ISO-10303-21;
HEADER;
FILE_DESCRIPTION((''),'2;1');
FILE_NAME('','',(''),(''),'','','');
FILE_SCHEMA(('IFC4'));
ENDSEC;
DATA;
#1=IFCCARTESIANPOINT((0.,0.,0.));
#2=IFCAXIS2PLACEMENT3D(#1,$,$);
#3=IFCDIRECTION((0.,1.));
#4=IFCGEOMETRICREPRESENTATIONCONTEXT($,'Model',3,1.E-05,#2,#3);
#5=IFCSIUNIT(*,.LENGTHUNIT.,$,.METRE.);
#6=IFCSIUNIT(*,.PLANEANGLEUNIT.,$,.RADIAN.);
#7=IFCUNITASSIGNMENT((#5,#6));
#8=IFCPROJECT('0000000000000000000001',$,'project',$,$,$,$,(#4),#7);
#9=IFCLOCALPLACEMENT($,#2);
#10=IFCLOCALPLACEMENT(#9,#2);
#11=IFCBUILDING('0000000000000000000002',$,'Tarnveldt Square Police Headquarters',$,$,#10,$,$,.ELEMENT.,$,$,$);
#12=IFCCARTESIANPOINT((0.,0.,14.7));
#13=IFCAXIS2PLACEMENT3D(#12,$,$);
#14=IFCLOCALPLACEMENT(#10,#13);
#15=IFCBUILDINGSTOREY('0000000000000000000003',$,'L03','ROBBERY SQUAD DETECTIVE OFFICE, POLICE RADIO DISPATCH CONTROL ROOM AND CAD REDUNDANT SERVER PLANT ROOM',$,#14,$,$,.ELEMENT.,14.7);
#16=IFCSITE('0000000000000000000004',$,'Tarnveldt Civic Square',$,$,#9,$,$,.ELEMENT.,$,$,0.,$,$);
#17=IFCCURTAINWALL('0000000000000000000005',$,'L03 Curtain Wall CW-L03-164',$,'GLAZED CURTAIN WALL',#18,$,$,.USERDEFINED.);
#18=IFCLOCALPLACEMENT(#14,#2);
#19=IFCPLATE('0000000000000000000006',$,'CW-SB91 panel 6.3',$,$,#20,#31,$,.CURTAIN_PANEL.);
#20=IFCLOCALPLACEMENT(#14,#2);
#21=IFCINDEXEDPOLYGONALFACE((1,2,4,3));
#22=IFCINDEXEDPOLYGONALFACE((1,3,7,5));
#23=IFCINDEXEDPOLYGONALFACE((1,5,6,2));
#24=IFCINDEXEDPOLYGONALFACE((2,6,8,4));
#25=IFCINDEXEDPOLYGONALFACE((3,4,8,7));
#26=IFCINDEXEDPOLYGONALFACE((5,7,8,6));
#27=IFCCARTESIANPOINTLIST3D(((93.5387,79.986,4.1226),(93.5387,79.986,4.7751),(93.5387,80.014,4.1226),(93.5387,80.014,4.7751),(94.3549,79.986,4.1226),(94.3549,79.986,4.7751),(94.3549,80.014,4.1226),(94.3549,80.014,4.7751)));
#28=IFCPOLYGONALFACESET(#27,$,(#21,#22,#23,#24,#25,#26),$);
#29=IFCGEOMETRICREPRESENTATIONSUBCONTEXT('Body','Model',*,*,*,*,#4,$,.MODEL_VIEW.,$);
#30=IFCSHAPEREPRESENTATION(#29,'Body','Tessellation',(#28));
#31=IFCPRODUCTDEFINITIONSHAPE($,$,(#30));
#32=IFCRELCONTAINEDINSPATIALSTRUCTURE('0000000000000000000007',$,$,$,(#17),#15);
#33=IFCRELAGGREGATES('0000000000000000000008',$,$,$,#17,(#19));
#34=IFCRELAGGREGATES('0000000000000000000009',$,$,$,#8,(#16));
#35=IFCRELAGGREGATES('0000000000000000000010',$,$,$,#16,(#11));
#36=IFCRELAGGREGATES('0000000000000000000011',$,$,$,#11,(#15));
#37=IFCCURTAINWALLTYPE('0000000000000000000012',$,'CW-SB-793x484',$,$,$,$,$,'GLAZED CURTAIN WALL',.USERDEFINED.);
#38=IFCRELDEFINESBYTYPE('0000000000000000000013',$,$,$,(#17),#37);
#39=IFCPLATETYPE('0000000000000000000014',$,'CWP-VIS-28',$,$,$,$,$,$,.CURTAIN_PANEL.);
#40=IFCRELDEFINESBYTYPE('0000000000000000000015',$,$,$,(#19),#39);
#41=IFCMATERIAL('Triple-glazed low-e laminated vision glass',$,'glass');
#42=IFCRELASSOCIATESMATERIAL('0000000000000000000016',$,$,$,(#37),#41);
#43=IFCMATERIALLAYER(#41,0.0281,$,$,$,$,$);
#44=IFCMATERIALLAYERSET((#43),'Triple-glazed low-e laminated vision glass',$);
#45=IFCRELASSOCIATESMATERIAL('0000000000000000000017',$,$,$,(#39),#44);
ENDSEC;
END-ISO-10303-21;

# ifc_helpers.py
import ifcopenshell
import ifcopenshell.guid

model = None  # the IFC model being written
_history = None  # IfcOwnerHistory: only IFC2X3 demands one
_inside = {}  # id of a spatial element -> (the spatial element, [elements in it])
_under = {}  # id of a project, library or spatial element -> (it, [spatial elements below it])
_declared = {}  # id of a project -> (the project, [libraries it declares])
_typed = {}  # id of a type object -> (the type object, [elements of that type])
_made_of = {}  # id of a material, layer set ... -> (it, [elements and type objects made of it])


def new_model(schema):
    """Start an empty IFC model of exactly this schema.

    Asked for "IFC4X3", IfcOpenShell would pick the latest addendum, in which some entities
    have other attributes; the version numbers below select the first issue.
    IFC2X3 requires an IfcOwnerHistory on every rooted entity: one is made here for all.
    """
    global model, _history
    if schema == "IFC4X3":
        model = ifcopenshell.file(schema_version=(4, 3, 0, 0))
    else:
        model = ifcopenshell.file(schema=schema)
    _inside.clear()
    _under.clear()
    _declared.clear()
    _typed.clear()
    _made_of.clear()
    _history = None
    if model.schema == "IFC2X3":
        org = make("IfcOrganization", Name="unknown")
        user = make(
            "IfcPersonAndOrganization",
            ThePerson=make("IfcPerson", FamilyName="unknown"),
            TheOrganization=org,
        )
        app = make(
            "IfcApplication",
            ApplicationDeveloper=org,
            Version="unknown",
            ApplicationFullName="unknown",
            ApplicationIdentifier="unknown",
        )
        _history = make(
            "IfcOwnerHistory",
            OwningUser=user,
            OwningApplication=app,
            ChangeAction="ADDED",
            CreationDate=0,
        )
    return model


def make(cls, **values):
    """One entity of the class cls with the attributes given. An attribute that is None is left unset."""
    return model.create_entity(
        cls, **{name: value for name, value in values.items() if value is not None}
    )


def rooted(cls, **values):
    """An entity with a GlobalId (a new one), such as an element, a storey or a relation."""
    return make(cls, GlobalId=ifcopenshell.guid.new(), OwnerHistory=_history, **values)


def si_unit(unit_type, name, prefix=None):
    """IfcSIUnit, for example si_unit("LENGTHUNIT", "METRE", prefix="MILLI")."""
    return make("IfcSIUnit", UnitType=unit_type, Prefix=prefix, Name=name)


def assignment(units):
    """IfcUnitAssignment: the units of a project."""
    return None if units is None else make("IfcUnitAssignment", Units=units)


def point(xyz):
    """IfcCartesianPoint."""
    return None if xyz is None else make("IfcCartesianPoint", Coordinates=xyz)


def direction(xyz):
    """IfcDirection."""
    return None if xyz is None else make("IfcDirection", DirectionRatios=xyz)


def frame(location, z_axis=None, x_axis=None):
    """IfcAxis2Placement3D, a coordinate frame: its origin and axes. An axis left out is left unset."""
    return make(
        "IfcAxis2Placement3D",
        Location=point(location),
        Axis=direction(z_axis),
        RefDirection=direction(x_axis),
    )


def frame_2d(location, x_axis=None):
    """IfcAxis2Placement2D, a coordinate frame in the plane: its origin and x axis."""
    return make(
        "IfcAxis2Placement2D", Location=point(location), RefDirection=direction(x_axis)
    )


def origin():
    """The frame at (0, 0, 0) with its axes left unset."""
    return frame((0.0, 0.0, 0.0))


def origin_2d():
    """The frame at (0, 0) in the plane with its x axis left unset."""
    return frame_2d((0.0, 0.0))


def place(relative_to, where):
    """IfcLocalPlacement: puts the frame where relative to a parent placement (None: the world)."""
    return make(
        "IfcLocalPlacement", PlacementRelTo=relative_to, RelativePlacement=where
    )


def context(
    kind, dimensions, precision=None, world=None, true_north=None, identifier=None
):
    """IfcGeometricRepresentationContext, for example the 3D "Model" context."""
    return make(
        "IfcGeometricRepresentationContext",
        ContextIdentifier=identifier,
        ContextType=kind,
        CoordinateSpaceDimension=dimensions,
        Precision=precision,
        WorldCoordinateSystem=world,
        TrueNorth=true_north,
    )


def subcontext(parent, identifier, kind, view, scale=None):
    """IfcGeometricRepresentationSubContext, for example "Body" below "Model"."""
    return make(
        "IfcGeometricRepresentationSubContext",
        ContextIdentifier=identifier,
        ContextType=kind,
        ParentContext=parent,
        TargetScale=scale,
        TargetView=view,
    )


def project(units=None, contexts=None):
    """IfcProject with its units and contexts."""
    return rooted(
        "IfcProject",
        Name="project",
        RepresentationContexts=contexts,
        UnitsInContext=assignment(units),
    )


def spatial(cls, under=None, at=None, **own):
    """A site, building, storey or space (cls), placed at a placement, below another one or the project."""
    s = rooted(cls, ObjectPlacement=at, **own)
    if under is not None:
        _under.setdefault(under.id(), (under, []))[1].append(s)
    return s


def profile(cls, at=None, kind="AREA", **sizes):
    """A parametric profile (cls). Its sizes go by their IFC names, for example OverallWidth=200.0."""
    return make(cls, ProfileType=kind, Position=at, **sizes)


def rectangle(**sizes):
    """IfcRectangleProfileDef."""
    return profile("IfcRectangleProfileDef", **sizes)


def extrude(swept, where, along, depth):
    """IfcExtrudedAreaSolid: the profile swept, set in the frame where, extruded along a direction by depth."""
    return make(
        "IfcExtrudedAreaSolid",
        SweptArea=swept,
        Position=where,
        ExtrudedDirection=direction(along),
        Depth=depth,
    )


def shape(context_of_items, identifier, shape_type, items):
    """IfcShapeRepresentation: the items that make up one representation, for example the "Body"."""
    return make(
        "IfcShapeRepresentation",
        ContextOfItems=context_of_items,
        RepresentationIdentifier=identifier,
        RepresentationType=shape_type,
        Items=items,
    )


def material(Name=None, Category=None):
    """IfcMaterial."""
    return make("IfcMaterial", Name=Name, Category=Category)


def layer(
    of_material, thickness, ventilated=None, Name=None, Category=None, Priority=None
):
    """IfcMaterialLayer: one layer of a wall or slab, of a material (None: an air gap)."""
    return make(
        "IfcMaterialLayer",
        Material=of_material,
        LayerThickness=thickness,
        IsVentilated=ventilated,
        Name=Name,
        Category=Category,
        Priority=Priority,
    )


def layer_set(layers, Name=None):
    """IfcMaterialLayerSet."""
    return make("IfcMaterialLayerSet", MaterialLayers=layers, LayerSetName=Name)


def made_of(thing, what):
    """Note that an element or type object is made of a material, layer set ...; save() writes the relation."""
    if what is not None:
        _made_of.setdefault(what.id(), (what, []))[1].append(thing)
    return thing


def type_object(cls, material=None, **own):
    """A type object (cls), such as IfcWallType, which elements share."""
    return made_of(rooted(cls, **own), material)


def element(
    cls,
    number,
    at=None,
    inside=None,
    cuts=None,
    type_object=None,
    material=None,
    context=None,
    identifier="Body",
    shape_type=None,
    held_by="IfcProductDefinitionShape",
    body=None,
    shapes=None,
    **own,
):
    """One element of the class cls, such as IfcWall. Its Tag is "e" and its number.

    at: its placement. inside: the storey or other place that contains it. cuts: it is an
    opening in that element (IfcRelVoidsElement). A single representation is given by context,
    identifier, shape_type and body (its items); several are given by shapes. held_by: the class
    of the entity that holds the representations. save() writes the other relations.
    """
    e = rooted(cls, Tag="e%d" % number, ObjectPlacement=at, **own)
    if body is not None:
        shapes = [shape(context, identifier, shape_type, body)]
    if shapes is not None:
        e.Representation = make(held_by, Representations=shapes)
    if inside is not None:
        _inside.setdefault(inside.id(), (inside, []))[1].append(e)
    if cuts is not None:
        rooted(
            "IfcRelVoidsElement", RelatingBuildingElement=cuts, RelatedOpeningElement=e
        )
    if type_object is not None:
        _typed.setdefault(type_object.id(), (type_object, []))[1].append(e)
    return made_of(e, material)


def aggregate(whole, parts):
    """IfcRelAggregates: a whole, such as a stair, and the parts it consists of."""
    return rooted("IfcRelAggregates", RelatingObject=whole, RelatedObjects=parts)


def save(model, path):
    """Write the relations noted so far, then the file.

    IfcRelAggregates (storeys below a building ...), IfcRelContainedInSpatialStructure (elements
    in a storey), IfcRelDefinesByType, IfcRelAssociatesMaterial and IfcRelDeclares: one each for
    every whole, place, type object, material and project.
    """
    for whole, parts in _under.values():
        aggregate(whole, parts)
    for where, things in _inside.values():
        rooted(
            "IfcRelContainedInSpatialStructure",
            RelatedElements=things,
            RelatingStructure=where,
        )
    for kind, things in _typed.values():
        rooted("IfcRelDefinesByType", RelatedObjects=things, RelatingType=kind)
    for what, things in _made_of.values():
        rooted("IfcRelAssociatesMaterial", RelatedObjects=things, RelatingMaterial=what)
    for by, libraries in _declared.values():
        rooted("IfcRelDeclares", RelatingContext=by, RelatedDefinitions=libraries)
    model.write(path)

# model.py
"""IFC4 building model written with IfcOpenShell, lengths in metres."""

from ifc_helpers import new_model, si_unit, direction, frame, origin, origin_2d, place, context, subcontext, project, spatial, rectangle, extrude, material, layer, layer_set, type_object, element, aggregate, save


model = new_model("IFC4")

# Units and contexts
model_context = context("Model", 3, precision=1e-05, world=origin(), true_north=direction((0.0, 1.0)))
body_context = subcontext(model_context, "Body", "Model", "MODEL_VIEW")
ifc_project = project(units=[si_unit("LENGTHUNIT", "METRE"), si_unit("PLANEANGLEUNIT", "RADIAN")], contexts=[model_context])

# Site, building, storey
site_placement = place(None, origin())
site = spatial("IfcSite", under=ifc_project, at=site_placement, Name="Tarnveldt Civic Square", CompositionType="ELEMENT", RefElevation=0.0)
building_placement = place(site_placement, origin())
building = spatial("IfcBuilding", under=site, at=building_placement, Name="Tarnveldt Square Police Headquarters", CompositionType="ELEMENT")
storey_placement = place(building_placement, frame((0.0, 0.0, 14.7)))
storey = spatial("IfcBuildingStorey", under=building, at=storey_placement, Name="L03", Description="ROBBERY SQUAD DETECTIVE OFFICE, POLICE RADIO DISPATCH CONTROL ROOM AND CAD REDUNDANT SERVER PLANT ROOM", CompositionType="ELEMENT", Elevation=14.7)

# Curtain wall
ifc_material_1 = material(Name="Triple-glazed low-e laminated vision glass", Category="glass")
curtain_wall_type_1 = type_object("IfcCurtainWallType", Name="CW-SB-793x484", ElementType="GLAZED CURTAIN WALL", PredefinedType="USERDEFINED", material=ifc_material_1)
curtain_wall_1_placement = place(storey_placement, origin())
curtain_wall_1 = element("IfcCurtainWall", 1, at=curtain_wall_1_placement, inside=storey, type_object=curtain_wall_type_1, Name="L03 Curtain Wall CW-L03-164", ObjectType="GLAZED CURTAIN WALL", PredefinedType="USERDEFINED")

# Plate
ifc_layer = layer(ifc_material_1, 0.0281)
ifc_layer_set = layer_set([ifc_layer], Name="Triple-glazed low-e laminated vision glass")
plate_type = type_object("IfcPlateType", Name="CWP-VIS-28", PredefinedType="CURTAIN_PANEL", material=ifc_layer_set)
plate_1_placement = place(storey_placement, frame((93.9468, 80.0, 4.1226), z_axis=(0.0, 0.0, 1.0), x_axis=(1.0, 0.0, 0.0)))
plate_1 = element("IfcPlate", 2, at=plate_1_placement, type_object=plate_type, Name="CW-SB91 panel 6.3", PredefinedType="CURTAIN_PANEL", context=body_context, shape_type="SweptSolid", body=[
    extrude(rectangle(XDim=0.8162, YDim=0.0281, at=origin_2d()), origin(), (0.0, 0.0, 1.0), 0.6526),
])
aggregate(curtain_wall_1, [plate_1])

save(model, "model.ifc")
